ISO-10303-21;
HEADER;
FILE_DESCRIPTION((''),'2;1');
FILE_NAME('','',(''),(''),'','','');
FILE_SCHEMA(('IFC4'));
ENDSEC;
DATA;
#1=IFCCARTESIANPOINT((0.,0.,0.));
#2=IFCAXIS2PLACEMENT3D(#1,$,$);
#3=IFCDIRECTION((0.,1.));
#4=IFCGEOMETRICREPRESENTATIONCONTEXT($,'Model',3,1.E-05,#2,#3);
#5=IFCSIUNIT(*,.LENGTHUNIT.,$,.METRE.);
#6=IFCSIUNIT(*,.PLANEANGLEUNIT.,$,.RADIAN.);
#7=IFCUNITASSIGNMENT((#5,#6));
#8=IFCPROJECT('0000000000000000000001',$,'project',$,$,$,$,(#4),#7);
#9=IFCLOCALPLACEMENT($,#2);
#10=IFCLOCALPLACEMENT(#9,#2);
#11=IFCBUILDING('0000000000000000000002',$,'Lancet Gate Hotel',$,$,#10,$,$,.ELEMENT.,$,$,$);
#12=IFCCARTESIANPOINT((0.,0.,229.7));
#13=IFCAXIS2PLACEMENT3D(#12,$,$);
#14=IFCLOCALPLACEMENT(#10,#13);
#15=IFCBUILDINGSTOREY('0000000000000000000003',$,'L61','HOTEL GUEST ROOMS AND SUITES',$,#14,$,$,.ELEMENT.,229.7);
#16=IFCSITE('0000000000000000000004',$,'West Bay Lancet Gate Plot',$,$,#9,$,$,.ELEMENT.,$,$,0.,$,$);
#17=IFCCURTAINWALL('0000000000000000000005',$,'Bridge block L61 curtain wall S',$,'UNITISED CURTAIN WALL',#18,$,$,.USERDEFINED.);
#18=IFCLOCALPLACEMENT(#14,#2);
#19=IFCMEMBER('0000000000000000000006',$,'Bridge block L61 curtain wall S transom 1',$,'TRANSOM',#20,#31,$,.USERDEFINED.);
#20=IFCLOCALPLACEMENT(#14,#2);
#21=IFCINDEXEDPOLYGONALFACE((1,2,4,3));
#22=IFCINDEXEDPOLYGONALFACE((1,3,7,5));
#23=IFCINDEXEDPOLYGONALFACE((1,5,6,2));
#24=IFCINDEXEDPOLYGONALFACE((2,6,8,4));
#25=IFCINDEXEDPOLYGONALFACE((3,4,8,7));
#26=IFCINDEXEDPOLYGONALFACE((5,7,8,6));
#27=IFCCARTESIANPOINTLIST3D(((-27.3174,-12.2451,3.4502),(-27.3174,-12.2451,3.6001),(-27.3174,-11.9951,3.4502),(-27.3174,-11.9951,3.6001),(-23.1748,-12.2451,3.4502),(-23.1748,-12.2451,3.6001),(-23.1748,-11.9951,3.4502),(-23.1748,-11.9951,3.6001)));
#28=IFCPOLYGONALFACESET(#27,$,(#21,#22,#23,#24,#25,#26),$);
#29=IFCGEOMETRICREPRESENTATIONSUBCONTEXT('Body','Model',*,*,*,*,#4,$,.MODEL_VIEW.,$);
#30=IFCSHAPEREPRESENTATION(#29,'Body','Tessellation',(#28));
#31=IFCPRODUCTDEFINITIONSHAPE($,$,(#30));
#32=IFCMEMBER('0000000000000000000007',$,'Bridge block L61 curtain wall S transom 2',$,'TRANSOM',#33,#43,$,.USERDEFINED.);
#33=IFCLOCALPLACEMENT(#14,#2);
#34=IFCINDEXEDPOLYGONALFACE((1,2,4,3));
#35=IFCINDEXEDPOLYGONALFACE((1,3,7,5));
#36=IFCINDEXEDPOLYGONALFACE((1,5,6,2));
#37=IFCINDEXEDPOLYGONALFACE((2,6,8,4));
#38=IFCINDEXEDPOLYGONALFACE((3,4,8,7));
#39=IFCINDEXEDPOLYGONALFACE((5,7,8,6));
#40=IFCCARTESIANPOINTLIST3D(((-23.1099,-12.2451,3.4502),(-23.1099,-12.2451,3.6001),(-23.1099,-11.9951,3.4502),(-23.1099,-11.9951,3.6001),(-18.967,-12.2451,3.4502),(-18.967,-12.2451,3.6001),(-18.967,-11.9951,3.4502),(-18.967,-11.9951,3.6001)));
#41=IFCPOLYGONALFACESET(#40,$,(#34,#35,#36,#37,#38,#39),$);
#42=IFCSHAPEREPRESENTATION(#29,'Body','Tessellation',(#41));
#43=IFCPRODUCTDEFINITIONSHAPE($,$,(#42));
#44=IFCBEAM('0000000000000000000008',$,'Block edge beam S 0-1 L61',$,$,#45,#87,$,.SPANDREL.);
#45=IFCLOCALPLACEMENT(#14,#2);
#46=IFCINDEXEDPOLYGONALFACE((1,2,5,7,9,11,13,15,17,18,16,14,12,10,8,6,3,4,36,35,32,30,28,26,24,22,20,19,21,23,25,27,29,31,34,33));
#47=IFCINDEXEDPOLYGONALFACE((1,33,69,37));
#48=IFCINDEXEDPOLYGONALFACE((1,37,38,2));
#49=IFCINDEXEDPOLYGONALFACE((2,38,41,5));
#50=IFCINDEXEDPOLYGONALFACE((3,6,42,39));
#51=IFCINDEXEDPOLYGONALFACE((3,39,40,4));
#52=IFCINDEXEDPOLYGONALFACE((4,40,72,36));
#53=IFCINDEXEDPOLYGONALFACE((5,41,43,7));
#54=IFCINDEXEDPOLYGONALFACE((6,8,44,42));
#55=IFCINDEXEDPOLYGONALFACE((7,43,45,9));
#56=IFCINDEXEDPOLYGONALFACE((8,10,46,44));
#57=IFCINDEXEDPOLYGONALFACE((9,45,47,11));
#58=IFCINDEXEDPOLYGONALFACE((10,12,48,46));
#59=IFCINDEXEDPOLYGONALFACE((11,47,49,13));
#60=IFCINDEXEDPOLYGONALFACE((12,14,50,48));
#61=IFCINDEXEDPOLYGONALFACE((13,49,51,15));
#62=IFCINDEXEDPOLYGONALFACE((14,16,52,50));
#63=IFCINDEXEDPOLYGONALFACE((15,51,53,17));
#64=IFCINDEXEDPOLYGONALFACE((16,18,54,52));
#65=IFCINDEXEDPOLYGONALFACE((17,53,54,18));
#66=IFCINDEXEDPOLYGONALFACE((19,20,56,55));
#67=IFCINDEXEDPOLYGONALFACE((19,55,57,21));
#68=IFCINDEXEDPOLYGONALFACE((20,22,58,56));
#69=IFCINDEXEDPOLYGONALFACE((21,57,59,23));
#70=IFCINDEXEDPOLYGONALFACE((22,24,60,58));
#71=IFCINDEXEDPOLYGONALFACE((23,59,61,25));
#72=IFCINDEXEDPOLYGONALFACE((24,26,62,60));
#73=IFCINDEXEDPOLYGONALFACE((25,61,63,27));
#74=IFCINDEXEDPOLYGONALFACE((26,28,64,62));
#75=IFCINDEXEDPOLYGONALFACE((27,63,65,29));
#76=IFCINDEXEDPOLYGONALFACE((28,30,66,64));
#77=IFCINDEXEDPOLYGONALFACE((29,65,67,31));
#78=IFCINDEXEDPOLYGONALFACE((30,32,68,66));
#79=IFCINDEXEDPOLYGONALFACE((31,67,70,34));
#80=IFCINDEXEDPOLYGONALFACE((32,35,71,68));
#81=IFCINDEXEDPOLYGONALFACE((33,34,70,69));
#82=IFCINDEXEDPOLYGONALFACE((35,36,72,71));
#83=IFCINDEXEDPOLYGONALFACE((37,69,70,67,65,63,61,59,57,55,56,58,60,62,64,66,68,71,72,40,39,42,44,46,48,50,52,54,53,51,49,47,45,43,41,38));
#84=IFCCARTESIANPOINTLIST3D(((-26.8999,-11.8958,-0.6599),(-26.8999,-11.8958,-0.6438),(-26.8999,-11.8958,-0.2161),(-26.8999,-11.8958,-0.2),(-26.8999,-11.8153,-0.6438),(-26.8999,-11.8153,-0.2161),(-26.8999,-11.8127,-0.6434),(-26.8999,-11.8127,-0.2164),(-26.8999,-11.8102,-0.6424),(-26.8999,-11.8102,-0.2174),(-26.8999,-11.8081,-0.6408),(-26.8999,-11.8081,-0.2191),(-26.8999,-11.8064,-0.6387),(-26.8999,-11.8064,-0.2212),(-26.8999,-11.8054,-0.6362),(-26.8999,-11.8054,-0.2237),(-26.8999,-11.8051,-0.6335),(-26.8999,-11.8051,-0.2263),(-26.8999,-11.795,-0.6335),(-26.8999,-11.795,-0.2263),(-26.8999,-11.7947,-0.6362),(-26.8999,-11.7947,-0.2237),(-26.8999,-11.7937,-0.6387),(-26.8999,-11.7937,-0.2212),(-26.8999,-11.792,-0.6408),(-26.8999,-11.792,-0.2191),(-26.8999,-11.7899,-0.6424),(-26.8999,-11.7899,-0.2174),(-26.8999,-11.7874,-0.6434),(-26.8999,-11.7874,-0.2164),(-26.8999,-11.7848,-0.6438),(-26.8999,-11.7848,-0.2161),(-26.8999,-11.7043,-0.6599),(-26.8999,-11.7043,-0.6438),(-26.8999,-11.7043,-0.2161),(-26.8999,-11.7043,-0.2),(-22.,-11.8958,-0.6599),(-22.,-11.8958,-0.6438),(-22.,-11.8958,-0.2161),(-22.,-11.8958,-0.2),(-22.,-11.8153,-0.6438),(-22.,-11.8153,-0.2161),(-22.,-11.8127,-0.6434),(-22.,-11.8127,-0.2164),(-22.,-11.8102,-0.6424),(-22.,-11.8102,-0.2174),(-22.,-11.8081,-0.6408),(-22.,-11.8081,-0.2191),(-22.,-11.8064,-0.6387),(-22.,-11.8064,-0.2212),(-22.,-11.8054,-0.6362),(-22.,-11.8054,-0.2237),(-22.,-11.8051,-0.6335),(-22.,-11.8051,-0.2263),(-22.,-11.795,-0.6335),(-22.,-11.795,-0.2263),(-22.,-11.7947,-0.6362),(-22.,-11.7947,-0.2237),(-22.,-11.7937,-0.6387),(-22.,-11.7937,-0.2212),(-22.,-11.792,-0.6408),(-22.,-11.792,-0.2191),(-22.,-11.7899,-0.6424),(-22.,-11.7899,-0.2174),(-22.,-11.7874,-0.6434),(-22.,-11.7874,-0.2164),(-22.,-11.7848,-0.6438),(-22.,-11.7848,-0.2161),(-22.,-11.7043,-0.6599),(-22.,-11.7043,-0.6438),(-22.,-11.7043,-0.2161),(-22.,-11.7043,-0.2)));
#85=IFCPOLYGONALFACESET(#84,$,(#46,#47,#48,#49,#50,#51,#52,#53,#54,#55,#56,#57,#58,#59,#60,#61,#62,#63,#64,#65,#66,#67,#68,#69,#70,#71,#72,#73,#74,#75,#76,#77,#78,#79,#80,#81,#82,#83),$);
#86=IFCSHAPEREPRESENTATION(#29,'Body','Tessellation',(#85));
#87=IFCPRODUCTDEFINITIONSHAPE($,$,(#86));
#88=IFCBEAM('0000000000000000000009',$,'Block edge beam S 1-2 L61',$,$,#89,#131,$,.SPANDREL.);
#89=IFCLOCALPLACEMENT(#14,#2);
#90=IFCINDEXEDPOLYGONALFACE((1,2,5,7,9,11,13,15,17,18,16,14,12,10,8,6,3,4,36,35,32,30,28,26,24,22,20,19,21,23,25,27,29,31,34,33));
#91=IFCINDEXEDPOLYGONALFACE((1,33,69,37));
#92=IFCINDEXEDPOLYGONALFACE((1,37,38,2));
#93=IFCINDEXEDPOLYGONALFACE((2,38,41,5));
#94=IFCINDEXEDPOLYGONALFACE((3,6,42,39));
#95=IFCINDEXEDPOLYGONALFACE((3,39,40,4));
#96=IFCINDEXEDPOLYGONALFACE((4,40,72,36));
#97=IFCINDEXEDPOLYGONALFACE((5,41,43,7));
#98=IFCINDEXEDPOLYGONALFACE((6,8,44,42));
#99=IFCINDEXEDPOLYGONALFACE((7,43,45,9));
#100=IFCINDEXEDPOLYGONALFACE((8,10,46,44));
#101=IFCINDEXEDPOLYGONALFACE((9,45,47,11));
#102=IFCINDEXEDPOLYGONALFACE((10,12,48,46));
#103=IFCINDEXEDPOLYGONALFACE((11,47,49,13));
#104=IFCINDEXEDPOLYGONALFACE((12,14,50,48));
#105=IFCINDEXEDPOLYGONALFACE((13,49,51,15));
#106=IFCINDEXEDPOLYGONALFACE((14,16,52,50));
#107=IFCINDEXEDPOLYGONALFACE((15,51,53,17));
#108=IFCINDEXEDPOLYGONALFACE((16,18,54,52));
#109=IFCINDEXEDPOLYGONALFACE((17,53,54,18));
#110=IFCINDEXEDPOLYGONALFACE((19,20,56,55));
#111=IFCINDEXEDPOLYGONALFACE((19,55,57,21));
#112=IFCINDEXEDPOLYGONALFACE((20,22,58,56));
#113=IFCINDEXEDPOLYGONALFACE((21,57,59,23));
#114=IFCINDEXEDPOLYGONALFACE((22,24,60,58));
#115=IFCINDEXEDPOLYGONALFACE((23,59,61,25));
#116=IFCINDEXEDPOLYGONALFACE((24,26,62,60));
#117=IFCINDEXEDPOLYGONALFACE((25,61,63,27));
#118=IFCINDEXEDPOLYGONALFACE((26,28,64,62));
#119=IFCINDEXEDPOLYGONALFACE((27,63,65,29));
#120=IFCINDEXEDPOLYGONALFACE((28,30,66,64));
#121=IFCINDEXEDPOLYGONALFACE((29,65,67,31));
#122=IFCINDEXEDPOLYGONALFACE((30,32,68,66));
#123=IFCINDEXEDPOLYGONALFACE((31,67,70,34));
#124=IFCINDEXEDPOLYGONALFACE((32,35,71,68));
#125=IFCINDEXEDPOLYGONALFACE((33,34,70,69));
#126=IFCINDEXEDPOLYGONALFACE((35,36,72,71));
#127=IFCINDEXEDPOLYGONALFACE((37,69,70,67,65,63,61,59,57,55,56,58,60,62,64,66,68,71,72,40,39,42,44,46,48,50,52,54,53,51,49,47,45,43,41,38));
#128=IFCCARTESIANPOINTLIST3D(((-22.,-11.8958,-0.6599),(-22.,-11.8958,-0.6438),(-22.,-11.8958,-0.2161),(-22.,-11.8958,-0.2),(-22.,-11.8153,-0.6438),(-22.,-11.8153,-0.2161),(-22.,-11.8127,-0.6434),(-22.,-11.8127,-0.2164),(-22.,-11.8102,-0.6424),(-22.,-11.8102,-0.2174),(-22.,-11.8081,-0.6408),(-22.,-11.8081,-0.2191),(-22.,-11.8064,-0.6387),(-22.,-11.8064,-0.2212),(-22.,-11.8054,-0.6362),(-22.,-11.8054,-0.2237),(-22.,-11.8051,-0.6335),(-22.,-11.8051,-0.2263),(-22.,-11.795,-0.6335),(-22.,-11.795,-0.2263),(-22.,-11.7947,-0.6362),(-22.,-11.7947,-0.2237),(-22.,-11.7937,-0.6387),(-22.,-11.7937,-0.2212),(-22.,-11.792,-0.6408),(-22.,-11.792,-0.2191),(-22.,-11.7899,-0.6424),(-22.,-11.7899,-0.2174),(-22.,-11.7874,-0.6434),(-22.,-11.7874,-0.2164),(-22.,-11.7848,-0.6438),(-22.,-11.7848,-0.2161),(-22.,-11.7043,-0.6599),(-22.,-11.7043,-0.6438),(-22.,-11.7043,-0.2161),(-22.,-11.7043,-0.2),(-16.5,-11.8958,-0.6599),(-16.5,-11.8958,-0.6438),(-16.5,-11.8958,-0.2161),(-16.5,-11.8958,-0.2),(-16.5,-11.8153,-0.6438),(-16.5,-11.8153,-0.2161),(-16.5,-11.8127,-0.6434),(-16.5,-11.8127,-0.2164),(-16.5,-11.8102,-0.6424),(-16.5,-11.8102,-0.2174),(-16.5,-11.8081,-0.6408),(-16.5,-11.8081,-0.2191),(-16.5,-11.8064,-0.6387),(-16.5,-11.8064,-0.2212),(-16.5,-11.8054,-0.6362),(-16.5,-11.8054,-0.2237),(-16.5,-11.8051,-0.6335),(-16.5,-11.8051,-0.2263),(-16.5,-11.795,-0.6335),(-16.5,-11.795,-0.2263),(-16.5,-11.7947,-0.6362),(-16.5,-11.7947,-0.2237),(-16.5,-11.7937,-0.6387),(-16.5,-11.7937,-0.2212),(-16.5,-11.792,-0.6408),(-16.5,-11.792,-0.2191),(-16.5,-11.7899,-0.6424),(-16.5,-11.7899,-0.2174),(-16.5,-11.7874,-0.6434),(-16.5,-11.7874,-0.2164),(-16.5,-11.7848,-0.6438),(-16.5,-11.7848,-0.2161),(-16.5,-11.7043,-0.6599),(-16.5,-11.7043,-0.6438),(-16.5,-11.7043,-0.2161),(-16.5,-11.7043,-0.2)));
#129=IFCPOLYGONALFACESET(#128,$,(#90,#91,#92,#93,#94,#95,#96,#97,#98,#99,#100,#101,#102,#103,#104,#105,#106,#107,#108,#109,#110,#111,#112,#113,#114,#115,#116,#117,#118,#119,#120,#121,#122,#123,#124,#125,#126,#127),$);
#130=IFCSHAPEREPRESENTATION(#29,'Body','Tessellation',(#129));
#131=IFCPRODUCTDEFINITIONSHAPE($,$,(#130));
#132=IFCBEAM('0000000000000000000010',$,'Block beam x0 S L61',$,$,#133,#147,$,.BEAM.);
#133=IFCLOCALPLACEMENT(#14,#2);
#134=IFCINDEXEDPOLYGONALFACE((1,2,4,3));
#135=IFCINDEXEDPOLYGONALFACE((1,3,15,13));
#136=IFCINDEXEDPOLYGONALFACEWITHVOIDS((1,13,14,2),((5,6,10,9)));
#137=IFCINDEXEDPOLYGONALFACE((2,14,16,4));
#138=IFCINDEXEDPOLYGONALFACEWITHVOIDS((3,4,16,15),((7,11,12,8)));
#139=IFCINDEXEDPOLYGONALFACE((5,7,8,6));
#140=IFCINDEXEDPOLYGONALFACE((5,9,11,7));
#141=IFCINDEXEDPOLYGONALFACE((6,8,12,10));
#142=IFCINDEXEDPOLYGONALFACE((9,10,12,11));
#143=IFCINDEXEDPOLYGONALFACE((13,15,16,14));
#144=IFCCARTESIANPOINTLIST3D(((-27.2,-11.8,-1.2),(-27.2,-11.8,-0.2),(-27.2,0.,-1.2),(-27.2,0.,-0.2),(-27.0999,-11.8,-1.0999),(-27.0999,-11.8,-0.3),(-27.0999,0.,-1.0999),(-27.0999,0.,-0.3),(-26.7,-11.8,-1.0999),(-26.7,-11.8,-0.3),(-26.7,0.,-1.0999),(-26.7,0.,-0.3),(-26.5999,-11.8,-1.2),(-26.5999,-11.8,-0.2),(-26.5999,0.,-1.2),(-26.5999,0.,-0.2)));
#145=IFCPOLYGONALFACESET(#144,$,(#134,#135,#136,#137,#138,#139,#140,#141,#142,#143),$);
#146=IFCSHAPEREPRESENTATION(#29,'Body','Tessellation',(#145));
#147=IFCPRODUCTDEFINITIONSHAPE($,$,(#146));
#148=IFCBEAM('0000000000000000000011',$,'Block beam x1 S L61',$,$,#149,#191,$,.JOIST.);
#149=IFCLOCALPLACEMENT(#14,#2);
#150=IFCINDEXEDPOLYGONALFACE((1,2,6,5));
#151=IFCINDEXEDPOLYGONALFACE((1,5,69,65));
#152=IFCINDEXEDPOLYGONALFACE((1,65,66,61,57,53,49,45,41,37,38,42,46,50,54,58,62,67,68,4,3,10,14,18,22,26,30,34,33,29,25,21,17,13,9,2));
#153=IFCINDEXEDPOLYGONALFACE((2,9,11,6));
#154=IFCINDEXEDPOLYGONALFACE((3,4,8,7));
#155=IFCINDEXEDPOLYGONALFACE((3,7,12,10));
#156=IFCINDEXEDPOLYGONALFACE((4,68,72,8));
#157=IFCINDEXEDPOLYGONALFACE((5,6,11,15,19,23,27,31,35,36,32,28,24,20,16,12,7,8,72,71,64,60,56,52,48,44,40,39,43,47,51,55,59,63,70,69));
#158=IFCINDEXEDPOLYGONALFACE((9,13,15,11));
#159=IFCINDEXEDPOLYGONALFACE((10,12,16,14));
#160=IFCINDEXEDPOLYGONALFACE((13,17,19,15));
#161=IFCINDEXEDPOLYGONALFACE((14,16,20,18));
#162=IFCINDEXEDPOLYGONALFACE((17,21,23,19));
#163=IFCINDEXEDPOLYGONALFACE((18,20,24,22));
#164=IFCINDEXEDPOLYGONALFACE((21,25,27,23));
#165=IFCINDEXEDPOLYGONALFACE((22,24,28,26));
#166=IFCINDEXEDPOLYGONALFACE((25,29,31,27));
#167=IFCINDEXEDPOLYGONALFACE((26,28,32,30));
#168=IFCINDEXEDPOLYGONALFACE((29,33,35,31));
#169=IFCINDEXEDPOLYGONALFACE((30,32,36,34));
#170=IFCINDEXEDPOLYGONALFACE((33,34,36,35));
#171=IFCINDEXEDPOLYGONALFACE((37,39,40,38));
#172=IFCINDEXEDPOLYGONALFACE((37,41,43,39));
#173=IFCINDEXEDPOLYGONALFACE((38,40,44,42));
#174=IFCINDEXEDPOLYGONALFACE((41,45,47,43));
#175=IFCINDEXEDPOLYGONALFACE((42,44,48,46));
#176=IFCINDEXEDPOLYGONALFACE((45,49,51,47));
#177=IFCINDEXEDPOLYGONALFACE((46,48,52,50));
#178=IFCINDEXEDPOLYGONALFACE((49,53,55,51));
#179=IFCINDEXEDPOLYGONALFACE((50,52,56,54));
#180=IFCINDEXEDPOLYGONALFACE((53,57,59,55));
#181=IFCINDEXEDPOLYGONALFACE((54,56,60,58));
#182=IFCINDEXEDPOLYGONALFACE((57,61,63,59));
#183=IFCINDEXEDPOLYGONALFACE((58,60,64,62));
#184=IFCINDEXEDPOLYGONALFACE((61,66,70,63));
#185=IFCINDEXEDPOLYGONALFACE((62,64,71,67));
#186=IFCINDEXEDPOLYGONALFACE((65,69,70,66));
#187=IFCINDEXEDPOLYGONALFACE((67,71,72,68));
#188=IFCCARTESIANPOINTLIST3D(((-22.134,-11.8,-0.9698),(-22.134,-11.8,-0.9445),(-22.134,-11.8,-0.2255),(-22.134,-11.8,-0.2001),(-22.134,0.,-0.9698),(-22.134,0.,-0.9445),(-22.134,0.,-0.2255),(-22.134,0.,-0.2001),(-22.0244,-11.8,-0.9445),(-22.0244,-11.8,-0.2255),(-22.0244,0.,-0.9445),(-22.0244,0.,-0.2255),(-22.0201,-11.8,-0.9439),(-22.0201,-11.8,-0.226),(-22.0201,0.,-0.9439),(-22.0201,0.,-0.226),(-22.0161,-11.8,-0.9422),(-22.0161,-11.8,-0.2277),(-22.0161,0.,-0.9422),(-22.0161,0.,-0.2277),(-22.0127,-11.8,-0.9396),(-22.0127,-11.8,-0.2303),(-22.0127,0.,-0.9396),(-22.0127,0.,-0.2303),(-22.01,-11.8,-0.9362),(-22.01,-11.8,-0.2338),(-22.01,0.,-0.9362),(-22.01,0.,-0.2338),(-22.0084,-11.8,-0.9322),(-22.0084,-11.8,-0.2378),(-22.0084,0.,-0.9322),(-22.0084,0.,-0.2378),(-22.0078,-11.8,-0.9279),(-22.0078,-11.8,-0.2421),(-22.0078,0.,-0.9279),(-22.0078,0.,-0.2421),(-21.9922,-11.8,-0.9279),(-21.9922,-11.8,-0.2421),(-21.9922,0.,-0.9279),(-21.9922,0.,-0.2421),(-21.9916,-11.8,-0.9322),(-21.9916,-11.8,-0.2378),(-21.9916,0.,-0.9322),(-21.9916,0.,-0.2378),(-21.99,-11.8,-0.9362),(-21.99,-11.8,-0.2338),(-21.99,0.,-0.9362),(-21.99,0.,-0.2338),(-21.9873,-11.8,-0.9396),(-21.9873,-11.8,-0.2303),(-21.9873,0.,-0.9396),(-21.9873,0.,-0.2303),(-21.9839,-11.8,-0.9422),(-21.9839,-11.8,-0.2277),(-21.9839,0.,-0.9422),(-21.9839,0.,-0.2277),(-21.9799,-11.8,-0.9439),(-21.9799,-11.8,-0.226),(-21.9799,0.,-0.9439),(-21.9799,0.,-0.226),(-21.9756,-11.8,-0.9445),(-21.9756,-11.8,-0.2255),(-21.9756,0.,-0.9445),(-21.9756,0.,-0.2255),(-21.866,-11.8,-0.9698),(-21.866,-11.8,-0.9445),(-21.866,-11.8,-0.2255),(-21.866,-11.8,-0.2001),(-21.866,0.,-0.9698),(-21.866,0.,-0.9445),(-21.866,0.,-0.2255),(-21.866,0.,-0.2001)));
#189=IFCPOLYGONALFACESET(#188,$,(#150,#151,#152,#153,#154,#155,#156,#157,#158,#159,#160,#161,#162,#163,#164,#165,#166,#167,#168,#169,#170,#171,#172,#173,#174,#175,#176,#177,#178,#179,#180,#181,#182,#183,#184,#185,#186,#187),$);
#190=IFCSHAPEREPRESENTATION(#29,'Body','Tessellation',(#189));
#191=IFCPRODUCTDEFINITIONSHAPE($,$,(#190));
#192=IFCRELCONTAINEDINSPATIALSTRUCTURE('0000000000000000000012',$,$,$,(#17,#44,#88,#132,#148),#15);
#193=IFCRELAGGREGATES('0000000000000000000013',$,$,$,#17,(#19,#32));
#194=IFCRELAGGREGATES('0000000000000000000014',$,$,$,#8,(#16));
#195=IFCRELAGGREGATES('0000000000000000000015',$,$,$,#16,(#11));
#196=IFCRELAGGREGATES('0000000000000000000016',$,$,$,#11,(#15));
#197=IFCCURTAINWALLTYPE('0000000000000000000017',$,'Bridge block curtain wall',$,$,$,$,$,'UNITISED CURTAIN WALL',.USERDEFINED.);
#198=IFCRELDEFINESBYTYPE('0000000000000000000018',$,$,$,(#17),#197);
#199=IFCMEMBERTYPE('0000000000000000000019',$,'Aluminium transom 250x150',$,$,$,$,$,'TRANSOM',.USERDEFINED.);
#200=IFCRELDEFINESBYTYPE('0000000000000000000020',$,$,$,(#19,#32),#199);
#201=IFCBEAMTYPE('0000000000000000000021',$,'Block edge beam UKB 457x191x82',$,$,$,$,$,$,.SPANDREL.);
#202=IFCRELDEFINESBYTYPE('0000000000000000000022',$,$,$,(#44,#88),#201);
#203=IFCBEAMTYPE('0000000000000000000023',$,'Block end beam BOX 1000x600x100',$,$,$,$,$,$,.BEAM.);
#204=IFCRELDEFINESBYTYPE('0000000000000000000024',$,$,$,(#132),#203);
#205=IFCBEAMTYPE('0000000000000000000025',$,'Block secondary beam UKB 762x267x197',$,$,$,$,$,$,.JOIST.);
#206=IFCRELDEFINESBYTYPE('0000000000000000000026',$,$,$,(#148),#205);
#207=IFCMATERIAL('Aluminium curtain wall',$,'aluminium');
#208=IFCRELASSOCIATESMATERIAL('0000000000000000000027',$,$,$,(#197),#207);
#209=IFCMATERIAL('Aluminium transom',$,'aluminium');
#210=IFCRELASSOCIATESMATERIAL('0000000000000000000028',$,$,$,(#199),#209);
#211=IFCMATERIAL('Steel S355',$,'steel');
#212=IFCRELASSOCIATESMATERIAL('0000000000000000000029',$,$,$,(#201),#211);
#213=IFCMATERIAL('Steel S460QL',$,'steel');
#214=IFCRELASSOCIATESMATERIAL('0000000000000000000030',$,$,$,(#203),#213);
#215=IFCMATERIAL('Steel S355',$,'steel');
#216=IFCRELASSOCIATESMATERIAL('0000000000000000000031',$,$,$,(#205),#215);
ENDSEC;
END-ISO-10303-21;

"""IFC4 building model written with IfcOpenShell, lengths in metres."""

from ifc_helpers import new_model, si_unit, direction, frame, origin, origin_2d, place, context, subcontext, project, spatial, rectangle, hollow_rectangle, i_section, extrude, material, material_profile, profile_set, type_object, element, aggregate, save


model = new_model("IFC4")

# Units and contexts
model_context = context("Model", 3, precision=1e-05, world=origin(), true_north=direction((0.0, 1.0)))
body_context = subcontext(model_context, "Body", "Model", "MODEL_VIEW")
ifc_project = project(units=[si_unit("LENGTHUNIT", "METRE"), si_unit("PLANEANGLEUNIT", "RADIAN")], contexts=[model_context])

# Site, building, storey
site_placement = place(None, origin())
site = spatial("IfcSite", under=ifc_project, at=site_placement, Name="West Bay Lancet Gate Plot", CompositionType="ELEMENT", RefElevation=0.0)
building_placement = place(site_placement, origin())
building = spatial("IfcBuilding", under=site, at=building_placement, Name="Lancet Gate Hotel", CompositionType="ELEMENT")
storey_placement = place(building_placement, frame((0.0, 0.0, 229.7)))
storey = spatial("IfcBuildingStorey", under=building, at=storey_placement, Name="L61", Description="HOTEL GUEST ROOMS AND SUITES", CompositionType="ELEMENT", Elevation=229.7)

# Curtain wall
ifc_material_1 = material(Name="Aluminium curtain wall", Category="aluminium")
curtain_wall_type_1 = type_object("IfcCurtainWallType", Name="Bridge block curtain wall", ElementType="UNITISED CURTAIN WALL", PredefinedType="USERDEFINED", material=ifc_material_1)
curtain_wall_1_placement = place(storey_placement, origin())
curtain_wall_1 = element("IfcCurtainWall", 1, at=curtain_wall_1_placement, inside=storey, type_object=curtain_wall_type_1, Name="Bridge block L61 curtain wall S", ObjectType="UNITISED CURTAIN WALL", PredefinedType="USERDEFINED")

# Members
ifc_material_2 = material(Name="Aluminium transom", Category="aluminium")
ifc_material_profile_1 = material_profile(ifc_material_2, rectangle(XDim=0.25, YDim=0.1499, at=origin_2d()), Name="TRANSOM 250x150")
ifc_profile_set_1 = profile_set([ifc_material_profile_1], Name="Aluminium transom")
member_type_1 = type_object("IfcMemberType", Name="Aluminium transom 250x150", ElementType="TRANSOM", PredefinedType="USERDEFINED", material=ifc_profile_set_1)
member_1_placement = place(storey_placement, frame((-27.3174, -12.1201, 3.5251), z_axis=(1.0, 0.0, 0.0), x_axis=(0.0, 1.0, 0.0)))
member_1 = element("IfcMember", 2, at=member_1_placement, type_object=member_type_1, Name="Bridge block L61 curtain wall S transom 1", ObjectType="TRANSOM", PredefinedType="USERDEFINED", context=body_context, shape_type="SweptSolid", body=[
    extrude(rectangle(XDim=0.25, YDim=0.1499, at=origin_2d()), origin(), (0.0, 0.0, 1.0), 4.1426),
])
member_2_placement = place(storey_placement, frame((-23.1099, -12.1201, 3.5251), z_axis=(1.0, 0.0, 0.0), x_axis=(0.0, 1.0, 0.0)))
member_2 = element("IfcMember", 3, at=member_2_placement, type_object=member_type_1, Name="Bridge block L61 curtain wall S transom 2", ObjectType="TRANSOM", PredefinedType="USERDEFINED", context=body_context, shape_type="SweptSolid", body=[
    extrude(rectangle(XDim=0.25, YDim=0.1499, at=origin_2d()), origin(), (0.0, 0.0, 1.0), 4.1428),
])

# Beams
ifc_material_3 = material(Name="Steel S355", Category="steel")
ifc_material_profile_2 = material_profile(ifc_material_3, i_section(OverallWidth=0.1914, OverallDepth=0.46, WebThickness=0.01, FlangeThickness=0.0161, FilletRadius=0.0103, at=origin_2d()), Name="UKB 457x191x82")
ifc_profile_set_2 = profile_set([ifc_material_profile_2], Name="Steel S355")
beam_type_1 = type_object("IfcBeamType", Name="Block edge beam UKB 457x191x82", PredefinedType="SPANDREL", material=ifc_profile_set_2)
beam_1_placement = place(storey_placement, frame((-26.8999, -11.8, -0.4299), z_axis=(1.0, 0.0, 0.0), x_axis=(0.0, 1.0, 0.0)))
element("IfcBeam", 4, at=beam_1_placement, inside=storey, type_object=beam_type_1, Name="Block edge beam S 0-1 L61", PredefinedType="SPANDREL", context=body_context, shape_type="SweptSolid", body=[
    extrude(i_section(OverallWidth=0.1914, OverallDepth=0.46, WebThickness=0.01, FlangeThickness=0.0161, FilletRadius=0.0103, at=origin_2d()), origin(), (0.0, 0.0, 1.0), 4.8999),
])
beam_2_placement = place(storey_placement, frame((-22.0, -11.8, -0.4299), z_axis=(1.0, 0.0, 0.0), x_axis=(0.0, 1.0, 0.0)))
element("IfcBeam", 5, at=beam_2_placement, inside=storey, type_object=beam_type_1, Name="Block edge beam S 1-2 L61", PredefinedType="SPANDREL", context=body_context, shape_type="SweptSolid", body=[
    extrude(i_section(OverallWidth=0.1914, OverallDepth=0.46, WebThickness=0.01, FlangeThickness=0.0161, FilletRadius=0.0103, at=origin_2d()), origin(), (0.0, 0.0, 1.0), 5.5),
])
ifc_material_4 = material(Name="Steel S460QL", Category="steel")
ifc_material_profile_3 = material_profile(ifc_material_4, hollow_rectangle(XDim=0.6001, YDim=1.0, WallThickness=0.1001, at=origin_2d()), Name="BOX 1000x600x100")
ifc_profile_set_3 = profile_set([ifc_material_profile_3], Name="Steel S460QL")
beam_type_2 = type_object("IfcBeamType", Name="Block end beam BOX 1000x600x100", PredefinedType="BEAM", material=ifc_profile_set_3)
beam_3_placement = place(storey_placement, frame((-26.8999, -11.8, -0.7), z_axis=(0.0, 1.0, 0.0), x_axis=(-1.0, 0.0, 0.0)))
element("IfcBeam", 6, at=beam_3_placement, inside=storey, type_object=beam_type_2, Name="Block beam x0 S L61", PredefinedType="BEAM", context=body_context, shape_type="SweptSolid", body=[
    extrude(hollow_rectangle(XDim=0.6001, YDim=1.0, WallThickness=0.1001, at=origin_2d()), origin(), (0.0, 0.0, 1.0), 11.8),
])
ifc_material_5 = material(Name="Steel S355", Category="steel")
ifc_material_profile_4 = material_profile(ifc_material_5, i_section(OverallWidth=0.2681, OverallDepth=0.7698, WebThickness=0.0156, FlangeThickness=0.0254, FilletRadius=0.0166, at=origin_2d()), Name="UKB 762x267x197")
ifc_profile_set_4 = profile_set([ifc_material_profile_4], Name="Steel S355")
beam_type_3 = type_object("IfcBeamType", Name="Block secondary beam UKB 762x267x197", PredefinedType="JOIST", material=ifc_profile_set_4)
beam_4_placement = place(storey_placement, frame((-22.0, -11.8, -0.585), z_axis=(0.0, 1.0, 0.0), x_axis=(-1.0, 0.0, 0.0)))
element("IfcBeam", 7, at=beam_4_placement, inside=storey, type_object=beam_type_3, Name="Block beam x1 S L61", PredefinedType="JOIST", context=body_context, shape_type="SweptSolid", body=[
    extrude(i_section(OverallWidth=0.2681, OverallDepth=0.7698, WebThickness=0.0156, FlangeThickness=0.0254, FilletRadius=0.0166, at=origin_2d()), origin(), (0.0, 0.0, 1.0), 11.8),
])

aggregate(curtain_wall_1, [member_1, member_2])

save(model, "model.ifc")
